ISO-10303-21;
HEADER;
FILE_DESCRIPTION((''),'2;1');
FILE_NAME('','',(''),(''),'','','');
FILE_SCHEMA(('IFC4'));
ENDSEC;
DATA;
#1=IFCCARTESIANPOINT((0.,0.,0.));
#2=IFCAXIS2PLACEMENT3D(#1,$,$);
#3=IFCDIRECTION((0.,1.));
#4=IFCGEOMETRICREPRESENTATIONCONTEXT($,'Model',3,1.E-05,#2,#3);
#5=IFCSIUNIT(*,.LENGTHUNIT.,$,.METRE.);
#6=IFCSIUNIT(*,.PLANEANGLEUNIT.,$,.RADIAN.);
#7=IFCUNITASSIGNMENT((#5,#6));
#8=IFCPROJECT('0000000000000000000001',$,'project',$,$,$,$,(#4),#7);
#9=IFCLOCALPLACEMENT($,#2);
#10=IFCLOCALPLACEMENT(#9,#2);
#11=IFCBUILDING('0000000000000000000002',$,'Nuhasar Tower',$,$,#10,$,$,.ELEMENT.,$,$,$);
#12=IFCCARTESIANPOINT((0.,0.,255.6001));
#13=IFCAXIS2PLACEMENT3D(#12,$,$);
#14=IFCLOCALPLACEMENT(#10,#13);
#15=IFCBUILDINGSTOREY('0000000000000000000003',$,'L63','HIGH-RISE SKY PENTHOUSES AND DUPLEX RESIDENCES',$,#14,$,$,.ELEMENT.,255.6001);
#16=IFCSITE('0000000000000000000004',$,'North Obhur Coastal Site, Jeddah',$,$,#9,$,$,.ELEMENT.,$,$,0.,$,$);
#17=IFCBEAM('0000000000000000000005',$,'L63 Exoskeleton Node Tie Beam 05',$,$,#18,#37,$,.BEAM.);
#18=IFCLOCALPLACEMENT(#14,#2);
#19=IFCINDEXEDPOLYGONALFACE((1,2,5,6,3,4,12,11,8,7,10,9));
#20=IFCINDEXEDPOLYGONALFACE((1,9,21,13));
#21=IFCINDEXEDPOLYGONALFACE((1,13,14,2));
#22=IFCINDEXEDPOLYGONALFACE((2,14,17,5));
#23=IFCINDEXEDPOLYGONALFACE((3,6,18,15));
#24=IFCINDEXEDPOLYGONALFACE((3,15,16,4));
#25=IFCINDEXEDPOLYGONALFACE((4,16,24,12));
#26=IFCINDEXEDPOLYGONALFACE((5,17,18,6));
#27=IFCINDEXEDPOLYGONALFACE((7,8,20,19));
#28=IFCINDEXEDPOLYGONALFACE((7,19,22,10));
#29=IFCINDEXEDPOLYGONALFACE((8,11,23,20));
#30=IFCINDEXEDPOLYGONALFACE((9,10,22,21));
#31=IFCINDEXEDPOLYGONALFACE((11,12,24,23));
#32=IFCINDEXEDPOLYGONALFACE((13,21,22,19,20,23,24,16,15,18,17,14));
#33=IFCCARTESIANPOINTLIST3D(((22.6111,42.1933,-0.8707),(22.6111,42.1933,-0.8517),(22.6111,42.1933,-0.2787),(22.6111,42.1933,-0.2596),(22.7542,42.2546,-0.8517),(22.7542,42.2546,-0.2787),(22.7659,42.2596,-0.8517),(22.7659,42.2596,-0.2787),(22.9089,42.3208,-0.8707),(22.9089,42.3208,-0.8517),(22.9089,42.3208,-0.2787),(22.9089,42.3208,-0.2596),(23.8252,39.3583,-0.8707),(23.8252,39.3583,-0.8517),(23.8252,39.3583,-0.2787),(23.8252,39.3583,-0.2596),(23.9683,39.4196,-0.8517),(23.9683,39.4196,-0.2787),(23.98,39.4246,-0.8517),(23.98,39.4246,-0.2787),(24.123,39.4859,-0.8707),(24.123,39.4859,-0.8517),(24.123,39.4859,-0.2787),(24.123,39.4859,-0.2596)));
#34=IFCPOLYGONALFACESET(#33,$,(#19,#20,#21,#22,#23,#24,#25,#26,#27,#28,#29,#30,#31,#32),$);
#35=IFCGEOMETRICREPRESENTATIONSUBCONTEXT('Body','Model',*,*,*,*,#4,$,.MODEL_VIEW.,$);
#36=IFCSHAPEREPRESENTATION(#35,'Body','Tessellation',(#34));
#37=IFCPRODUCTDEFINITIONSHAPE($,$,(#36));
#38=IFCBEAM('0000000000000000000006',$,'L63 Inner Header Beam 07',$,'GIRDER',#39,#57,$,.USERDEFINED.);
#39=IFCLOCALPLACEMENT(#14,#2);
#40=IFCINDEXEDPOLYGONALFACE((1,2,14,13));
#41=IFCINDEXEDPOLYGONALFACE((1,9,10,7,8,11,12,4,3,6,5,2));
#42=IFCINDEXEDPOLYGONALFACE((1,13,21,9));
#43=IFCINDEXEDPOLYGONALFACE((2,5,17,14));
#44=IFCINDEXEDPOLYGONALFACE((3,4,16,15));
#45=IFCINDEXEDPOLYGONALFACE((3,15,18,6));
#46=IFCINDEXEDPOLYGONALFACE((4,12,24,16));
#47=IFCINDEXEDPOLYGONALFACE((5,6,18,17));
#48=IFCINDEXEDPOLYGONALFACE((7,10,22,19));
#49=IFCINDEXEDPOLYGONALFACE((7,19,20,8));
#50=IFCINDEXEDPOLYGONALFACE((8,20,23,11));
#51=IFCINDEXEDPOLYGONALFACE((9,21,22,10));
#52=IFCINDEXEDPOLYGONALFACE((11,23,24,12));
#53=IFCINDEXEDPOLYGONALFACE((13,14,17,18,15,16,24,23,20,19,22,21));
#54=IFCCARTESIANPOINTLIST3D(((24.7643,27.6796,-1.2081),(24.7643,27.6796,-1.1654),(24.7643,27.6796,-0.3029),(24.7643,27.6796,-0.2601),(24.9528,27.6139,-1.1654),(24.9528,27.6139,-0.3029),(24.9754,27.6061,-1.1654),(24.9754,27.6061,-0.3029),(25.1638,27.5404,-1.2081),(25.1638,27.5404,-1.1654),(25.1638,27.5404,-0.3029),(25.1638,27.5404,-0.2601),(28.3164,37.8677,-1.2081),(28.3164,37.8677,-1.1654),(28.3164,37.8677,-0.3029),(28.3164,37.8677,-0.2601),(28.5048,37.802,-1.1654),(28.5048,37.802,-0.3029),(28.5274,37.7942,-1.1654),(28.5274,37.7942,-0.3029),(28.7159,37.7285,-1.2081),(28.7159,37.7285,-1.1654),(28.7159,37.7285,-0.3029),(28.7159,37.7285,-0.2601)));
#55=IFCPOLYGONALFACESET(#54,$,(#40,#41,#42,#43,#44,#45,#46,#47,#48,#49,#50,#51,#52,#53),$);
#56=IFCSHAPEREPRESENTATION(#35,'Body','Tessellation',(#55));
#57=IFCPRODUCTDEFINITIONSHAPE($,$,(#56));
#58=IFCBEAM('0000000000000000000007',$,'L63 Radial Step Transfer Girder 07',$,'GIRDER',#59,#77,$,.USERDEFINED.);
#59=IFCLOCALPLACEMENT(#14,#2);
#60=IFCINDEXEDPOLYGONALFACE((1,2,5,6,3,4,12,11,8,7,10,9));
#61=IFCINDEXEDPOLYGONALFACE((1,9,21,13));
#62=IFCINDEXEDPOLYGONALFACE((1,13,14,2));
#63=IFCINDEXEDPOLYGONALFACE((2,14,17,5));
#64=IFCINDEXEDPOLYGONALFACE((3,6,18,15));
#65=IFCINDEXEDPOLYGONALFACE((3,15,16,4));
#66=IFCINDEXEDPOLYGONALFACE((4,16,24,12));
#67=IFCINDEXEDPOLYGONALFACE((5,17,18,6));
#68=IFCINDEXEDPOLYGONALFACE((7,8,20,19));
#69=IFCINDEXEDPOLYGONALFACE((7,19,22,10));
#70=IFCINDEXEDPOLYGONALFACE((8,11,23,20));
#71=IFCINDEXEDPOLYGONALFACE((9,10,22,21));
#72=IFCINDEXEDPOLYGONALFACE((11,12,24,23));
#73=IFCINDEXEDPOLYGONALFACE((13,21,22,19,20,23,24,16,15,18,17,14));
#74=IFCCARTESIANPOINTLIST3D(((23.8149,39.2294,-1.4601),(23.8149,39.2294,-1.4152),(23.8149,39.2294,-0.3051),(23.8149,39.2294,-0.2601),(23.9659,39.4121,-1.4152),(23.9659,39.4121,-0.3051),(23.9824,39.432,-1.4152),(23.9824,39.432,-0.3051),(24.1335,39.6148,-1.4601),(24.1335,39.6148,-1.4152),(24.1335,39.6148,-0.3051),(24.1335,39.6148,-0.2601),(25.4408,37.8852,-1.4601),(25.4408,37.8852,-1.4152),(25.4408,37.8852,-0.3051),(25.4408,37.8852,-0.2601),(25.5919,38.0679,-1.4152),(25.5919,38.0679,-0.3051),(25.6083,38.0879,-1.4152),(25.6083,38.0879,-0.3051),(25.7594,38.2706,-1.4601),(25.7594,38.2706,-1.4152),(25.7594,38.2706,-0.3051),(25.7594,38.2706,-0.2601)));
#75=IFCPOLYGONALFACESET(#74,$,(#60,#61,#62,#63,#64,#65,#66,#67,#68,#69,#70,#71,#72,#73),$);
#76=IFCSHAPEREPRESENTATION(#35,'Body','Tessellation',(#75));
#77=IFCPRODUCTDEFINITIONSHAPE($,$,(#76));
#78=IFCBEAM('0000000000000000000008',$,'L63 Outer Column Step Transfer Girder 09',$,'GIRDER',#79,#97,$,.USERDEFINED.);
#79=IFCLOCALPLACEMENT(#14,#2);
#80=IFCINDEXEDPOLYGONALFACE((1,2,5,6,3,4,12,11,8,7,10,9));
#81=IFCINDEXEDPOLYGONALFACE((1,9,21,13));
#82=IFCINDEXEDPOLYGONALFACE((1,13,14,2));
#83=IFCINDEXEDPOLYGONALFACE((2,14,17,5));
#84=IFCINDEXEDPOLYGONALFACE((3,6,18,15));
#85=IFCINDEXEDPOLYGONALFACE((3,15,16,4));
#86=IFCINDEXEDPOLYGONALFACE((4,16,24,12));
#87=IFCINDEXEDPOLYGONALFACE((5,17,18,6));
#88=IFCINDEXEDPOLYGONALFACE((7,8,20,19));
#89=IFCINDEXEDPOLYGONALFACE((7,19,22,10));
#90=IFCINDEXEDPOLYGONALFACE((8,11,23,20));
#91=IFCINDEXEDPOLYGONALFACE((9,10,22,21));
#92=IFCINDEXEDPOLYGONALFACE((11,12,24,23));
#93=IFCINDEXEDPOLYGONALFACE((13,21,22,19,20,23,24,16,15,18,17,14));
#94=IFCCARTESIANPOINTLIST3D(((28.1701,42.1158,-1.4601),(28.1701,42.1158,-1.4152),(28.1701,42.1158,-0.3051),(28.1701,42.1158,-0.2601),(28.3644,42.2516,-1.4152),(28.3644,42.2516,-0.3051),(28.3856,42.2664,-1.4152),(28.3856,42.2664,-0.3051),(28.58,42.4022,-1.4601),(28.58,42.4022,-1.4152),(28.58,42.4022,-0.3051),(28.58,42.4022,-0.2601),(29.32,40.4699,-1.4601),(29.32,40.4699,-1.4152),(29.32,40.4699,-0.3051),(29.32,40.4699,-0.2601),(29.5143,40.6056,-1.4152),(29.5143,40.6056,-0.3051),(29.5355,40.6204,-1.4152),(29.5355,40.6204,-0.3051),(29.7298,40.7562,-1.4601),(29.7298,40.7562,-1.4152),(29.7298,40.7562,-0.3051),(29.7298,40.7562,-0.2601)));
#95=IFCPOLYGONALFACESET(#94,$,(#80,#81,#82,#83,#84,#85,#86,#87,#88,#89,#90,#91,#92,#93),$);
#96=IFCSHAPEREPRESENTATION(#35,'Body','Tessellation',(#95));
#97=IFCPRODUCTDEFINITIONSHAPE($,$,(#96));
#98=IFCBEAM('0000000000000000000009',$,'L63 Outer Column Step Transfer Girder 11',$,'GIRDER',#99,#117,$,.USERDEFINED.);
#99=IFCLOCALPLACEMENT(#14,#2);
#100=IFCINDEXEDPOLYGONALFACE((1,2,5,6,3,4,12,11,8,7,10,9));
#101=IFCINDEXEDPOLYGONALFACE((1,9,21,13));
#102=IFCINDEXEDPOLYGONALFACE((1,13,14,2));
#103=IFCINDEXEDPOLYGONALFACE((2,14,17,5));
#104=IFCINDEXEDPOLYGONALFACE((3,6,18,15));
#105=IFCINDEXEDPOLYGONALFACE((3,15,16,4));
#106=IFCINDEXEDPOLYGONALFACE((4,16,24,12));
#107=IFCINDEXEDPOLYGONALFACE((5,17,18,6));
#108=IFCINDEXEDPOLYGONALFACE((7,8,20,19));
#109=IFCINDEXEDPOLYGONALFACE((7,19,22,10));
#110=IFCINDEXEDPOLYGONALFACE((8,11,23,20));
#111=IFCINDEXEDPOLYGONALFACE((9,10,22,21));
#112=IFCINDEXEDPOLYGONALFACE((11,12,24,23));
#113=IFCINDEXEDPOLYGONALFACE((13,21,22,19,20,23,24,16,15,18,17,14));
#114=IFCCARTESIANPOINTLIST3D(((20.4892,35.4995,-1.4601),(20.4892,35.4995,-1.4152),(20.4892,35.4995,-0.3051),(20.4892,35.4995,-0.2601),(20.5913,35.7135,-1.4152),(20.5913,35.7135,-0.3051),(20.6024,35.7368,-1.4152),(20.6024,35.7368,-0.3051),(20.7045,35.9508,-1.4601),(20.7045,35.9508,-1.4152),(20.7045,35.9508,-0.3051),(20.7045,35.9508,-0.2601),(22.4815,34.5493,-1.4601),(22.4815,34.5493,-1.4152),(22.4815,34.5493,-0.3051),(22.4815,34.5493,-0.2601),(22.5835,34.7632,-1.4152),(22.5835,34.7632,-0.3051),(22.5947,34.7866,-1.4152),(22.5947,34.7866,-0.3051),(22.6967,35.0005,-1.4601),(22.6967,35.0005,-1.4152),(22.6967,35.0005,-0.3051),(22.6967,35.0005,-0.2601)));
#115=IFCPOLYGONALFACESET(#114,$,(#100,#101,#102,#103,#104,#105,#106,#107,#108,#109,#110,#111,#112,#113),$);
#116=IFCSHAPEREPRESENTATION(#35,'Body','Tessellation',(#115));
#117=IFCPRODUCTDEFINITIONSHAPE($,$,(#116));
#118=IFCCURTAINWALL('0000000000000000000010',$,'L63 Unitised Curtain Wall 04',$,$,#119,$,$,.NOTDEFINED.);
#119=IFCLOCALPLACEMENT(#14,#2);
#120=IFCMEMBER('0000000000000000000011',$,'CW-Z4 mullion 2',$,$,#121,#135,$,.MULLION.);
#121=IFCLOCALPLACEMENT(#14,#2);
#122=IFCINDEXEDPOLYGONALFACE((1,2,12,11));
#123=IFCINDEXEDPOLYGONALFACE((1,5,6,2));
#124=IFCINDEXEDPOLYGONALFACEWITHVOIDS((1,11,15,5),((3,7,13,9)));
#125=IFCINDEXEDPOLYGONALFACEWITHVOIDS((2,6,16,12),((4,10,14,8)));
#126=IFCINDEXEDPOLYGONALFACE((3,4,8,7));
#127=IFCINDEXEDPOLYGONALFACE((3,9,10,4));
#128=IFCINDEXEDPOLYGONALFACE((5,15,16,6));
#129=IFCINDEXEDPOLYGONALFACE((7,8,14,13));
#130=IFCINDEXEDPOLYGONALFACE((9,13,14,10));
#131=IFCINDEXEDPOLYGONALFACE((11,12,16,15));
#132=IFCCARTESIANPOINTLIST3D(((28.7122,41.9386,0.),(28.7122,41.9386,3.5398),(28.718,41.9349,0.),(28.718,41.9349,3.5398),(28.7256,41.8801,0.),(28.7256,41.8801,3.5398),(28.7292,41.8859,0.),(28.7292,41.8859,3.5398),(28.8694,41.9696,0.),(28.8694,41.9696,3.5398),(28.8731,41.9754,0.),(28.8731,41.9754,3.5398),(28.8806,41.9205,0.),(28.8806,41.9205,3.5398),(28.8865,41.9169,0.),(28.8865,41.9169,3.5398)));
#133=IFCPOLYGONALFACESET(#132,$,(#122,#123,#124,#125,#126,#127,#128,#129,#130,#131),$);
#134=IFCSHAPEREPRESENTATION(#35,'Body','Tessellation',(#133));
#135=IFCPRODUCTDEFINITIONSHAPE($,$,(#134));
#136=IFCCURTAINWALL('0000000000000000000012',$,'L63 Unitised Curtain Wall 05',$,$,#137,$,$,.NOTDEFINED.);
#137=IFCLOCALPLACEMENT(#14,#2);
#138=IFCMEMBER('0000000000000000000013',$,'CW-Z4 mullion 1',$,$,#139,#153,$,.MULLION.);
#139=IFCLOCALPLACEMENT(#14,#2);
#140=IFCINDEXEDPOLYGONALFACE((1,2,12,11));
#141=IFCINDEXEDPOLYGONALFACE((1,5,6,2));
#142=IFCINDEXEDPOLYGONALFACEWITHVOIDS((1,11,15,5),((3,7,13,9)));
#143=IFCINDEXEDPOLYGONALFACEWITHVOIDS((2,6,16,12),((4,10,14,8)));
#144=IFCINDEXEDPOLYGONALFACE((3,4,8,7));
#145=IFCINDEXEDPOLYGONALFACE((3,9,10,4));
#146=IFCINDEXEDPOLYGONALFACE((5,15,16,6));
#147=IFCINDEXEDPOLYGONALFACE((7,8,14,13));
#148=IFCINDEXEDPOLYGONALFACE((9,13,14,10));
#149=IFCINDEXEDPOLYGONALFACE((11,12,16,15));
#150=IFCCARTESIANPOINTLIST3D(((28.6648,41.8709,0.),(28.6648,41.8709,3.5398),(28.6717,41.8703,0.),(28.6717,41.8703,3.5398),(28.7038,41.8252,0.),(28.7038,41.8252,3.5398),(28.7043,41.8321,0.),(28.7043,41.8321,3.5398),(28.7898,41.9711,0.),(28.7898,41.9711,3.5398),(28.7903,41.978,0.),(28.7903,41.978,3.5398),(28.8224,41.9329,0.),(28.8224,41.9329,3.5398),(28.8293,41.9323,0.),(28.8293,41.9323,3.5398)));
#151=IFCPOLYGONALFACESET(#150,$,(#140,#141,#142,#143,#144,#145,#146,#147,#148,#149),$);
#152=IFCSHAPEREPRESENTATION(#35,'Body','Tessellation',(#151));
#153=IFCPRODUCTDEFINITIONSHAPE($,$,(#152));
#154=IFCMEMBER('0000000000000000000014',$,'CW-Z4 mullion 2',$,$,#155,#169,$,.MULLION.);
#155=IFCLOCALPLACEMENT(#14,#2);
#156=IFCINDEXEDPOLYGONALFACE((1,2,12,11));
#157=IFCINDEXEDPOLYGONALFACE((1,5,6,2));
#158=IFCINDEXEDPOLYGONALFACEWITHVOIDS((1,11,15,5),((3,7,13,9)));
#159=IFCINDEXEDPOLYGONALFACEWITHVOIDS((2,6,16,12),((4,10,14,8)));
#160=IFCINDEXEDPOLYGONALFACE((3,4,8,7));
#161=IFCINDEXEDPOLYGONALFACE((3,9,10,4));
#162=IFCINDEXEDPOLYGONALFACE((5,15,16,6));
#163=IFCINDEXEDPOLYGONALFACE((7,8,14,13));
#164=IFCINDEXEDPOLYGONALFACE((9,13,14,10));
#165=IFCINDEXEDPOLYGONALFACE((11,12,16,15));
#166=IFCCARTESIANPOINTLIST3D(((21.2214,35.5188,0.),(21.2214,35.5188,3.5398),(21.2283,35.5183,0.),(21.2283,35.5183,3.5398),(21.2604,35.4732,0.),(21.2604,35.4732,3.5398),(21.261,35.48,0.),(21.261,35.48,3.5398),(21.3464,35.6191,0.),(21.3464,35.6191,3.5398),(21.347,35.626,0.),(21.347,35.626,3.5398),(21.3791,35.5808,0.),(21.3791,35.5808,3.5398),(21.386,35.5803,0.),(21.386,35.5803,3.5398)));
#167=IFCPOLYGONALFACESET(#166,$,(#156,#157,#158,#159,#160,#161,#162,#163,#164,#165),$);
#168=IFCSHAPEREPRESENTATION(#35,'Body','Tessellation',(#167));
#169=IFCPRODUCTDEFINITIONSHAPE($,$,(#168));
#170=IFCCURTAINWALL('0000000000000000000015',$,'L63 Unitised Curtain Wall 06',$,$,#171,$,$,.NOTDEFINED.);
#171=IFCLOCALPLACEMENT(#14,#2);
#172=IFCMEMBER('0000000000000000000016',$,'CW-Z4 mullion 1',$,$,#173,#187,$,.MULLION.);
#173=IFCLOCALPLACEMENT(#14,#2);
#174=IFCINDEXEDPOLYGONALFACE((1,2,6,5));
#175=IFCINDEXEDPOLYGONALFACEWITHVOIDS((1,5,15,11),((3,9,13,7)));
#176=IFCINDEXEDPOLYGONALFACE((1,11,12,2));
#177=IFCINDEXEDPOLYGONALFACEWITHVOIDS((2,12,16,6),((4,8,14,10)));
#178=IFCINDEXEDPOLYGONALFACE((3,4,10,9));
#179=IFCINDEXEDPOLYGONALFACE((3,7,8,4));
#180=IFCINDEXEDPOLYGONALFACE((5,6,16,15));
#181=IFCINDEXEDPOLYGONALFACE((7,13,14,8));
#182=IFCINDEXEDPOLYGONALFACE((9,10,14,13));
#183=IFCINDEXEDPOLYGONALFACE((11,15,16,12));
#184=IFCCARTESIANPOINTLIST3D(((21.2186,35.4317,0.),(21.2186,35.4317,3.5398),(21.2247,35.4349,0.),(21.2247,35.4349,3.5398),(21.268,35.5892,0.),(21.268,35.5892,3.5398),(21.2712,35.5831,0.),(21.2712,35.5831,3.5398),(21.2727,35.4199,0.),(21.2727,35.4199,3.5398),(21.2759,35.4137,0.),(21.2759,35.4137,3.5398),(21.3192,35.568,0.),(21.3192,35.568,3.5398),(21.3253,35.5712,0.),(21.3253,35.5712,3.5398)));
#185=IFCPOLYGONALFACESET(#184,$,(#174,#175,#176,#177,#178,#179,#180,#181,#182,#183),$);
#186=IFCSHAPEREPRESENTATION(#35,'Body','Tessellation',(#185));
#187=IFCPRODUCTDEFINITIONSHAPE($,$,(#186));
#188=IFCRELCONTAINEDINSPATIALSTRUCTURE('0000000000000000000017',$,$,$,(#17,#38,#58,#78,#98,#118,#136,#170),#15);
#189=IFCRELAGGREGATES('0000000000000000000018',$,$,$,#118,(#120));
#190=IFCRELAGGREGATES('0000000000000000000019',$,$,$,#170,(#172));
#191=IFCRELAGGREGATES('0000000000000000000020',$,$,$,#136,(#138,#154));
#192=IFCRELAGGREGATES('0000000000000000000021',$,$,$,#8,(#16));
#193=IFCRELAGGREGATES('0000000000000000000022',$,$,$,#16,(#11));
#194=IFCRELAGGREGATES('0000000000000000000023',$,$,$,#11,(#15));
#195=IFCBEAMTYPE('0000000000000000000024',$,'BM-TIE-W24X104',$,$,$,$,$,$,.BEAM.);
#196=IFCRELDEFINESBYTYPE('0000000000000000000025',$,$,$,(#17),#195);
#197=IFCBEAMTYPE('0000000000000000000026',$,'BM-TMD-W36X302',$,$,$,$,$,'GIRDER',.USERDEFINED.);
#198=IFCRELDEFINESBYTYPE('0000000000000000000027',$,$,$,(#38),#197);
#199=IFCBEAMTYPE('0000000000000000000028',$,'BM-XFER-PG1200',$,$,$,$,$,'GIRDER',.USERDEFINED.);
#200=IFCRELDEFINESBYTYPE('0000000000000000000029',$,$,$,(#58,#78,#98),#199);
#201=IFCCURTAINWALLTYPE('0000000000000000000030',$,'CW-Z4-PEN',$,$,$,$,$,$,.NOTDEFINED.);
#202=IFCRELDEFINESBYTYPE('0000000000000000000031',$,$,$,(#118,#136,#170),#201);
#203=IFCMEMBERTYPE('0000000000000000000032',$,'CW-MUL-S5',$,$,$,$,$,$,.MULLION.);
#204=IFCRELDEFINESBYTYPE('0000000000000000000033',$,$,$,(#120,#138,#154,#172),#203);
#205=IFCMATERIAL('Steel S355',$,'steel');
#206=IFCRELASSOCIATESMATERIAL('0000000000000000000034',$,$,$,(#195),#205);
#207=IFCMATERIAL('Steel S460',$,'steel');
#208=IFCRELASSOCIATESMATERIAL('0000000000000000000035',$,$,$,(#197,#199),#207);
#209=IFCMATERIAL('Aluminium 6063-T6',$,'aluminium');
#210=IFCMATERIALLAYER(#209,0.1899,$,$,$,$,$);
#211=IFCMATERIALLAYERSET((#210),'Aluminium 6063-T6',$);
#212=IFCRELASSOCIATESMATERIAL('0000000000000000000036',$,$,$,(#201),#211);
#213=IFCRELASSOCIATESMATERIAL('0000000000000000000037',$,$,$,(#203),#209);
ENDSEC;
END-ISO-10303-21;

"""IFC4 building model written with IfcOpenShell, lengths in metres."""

from ifc_helpers import new_model, si_unit, direction, frame, origin, origin_2d, place, context, subcontext, project, spatial, hollow_rectangle, i_section, extrude, material, layer, layer_set, material_profile, profile_set, type_object, element, aggregate, save


model = new_model("IFC4")

# Units and contexts
model_context = context("Model", 3, precision=1e-05, world=origin(), true_north=direction((0.0, 1.0)))
body_context = subcontext(model_context, "Body", "Model", "MODEL_VIEW")
ifc_project = project(units=[si_unit("LENGTHUNIT", "METRE"), si_unit("PLANEANGLEUNIT", "RADIAN")], contexts=[model_context])

# Site, building, storey
site_placement = place(None, origin())
site = spatial("IfcSite", under=ifc_project, at=site_placement, Name="North Obhur Coastal Site, Jeddah", CompositionType="ELEMENT", RefElevation=0.0)
building_placement = place(site_placement, origin())
building = spatial("IfcBuilding", under=site, at=building_placement, Name="Nuhasar Tower", CompositionType="ELEMENT")
storey_placement = place(building_placement, frame((0.0, 0.0, 255.6001)))
storey = spatial("IfcBuildingStorey", under=building, at=storey_placement, Name="L63", Description="HIGH-RISE SKY PENTHOUSES AND DUPLEX RESIDENCES", CompositionType="ELEMENT", Elevation=255.6001)

# Beams
ifc_material_1 = material(Name="Steel S355", Category="steel")
ifc_material_profile_1 = material_profile(ifc_material_1, i_section(OverallWidth=0.324, OverallDepth=0.6111, WebThickness=0.0127, FlangeThickness=0.019, at=origin_2d()), Name="W24X104")
ifc_profile_set_1 = profile_set([ifc_material_profile_1], Name="Steel S355")
beam_type_1 = type_object("IfcBeamType", Name="BM-TIE-W24X104", PredefinedType="BEAM", material=ifc_profile_set_1)
beam_1_placement = place(storey_placement, frame((23.9741, 39.4221, -0.5652), z_axis=(-0.39368, 0.919247, 0.0), x_axis=(-0.919247, -0.39368, 0.0)))
element("IfcBeam", 1, at=beam_1_placement, inside=storey, type_object=beam_type_1, Name="L63 Exoskeleton Node Tie Beam 05", PredefinedType="BEAM", context=body_context, shape_type="SweptSolid", body=[
    extrude(i_section(OverallWidth=0.324, OverallDepth=0.6111, WebThickness=0.0127, FlangeThickness=0.019, at=origin_2d()), origin(), (0.0, 0.0, 1.0), 3.084),
])
ifc_material_2 = material(Name="Steel S460", Category="steel")
ifc_material_profile_2 = material_profile(ifc_material_2, i_section(OverallWidth=0.4231, OverallDepth=0.948, WebThickness=0.0239, FlangeThickness=0.0427, at=origin_2d()), Name="W36X302")
ifc_profile_set_2 = profile_set([ifc_material_profile_2], Name="Steel S460")
beam_type_2 = type_object("IfcBeamType", Name="BM-TMD-W36X302", ElementType="GIRDER", PredefinedType="USERDEFINED", material=ifc_profile_set_2)
beam_2_placement = place(storey_placement, frame((28.5161, 37.7981, -0.7341), z_axis=(-0.329211, -0.944256, 0.0), x_axis=(0.944256, -0.329211, 0.0)))
element("IfcBeam", 2, at=beam_2_placement, inside=storey, type_object=beam_type_2, Name="L63 Inner Header Beam 07", ObjectType="GIRDER", PredefinedType="USERDEFINED", context=body_context, shape_type="SweptSolid", body=[
    extrude(i_section(OverallWidth=0.4231, OverallDepth=0.948, WebThickness=0.0239, FlangeThickness=0.0427, at=origin_2d()), origin(), (0.0, 0.0, 1.0), 10.7896),
])
ifc_material_profile_3 = material_profile(ifc_material_2, i_section(OverallWidth=0.5, OverallDepth=1.2, WebThickness=0.0259, FlangeThickness=0.0449, at=origin_2d()), Name="PG1200X500")
ifc_profile_set_3 = profile_set([ifc_material_profile_3], Name="Steel S460")
beam_type_3 = type_object("IfcBeamType", Name="BM-XFER-PG1200", ElementType="GIRDER", PredefinedType="USERDEFINED", material=ifc_profile_set_3)
beam_3_placement = place(storey_placement, frame((25.6001, 38.0779, -0.8601), z_axis=(-0.77072, 0.637174, 0.0), x_axis=(-0.637174, -0.77072, 0.0)))
element("IfcBeam", 3, at=beam_3_placement, inside=storey, type_object=beam_type_3, Name="L63 Radial Step Transfer Girder 07", ObjectType="GIRDER", PredefinedType="USERDEFINED", context=body_context, shape_type="SweptSolid", body=[
    extrude(i_section(OverallWidth=0.5, OverallDepth=1.2, WebThickness=0.0259, FlangeThickness=0.0449, at=origin_2d()), origin(), (0.0, 0.0, 1.0), 2.1096),
])
beam_4_placement = place(storey_placement, frame((29.5249, 40.613, -0.8601), z_axis=(-0.572695, 0.819769, 0.0), x_axis=(-0.819769, -0.572695, 0.0)))
element("IfcBeam", 4, at=beam_4_placement, inside=storey, type_object=beam_type_3, Name="L63 Outer Column Step Transfer Girder 09", ObjectType="GIRDER", PredefinedType="USERDEFINED", context=body_context, shape_type="SweptSolid", body=[
    extrude(i_section(OverallWidth=0.5, OverallDepth=1.2, WebThickness=0.0259, FlangeThickness=0.0449, at=origin_2d()), origin(), (0.0, 0.0, 1.0), 2.0078),
])
beam_5_placement = place(storey_placement, frame((22.5891, 34.7749, -0.8601), z_axis=(-0.90259, 0.4305, 0.0), x_axis=(-0.4305, -0.90259, 0.0)))
element("IfcBeam", 5, at=beam_5_placement, inside=storey, type_object=beam_type_3, Name="L63 Outer Column Step Transfer Girder 11", ObjectType="GIRDER", PredefinedType="USERDEFINED", context=body_context, shape_type="SweptSolid", body=[
    extrude(i_section(OverallWidth=0.5, OverallDepth=1.2, WebThickness=0.0259, FlangeThickness=0.0449, at=origin_2d()), origin(), (0.0, 0.0, 1.0), 2.2073),
])

# Curtain wall, member
ifc_material_3 = material(Name="Aluminium 6063-T6", Category="aluminium")
ifc_layer_1 = layer(ifc_material_3, 0.1899)
ifc_layer_set_1 = layer_set([ifc_layer_1], Name="Aluminium 6063-T6")
curtain_wall_type = type_object("IfcCurtainWallType", Name="CW-Z4-PEN", PredefinedType="NOTDEFINED", material=ifc_layer_set_1)
curtain_wall_1_placement = place(storey_placement, origin())
curtain_wall_1 = element("IfcCurtainWall", 6, at=curtain_wall_1_placement, inside=storey, type_object=curtain_wall_type, Name="L63 Unitised Curtain Wall 04", PredefinedType="NOTDEFINED")
ifc_material_profile_4 = material_profile(ifc_material_3, hollow_rectangle(XDim=0.0601, YDim=0.165, WallThickness=0.0049, at=origin_2d()), Name="CWM-5")
ifc_profile_set_4 = profile_set([ifc_material_profile_4], Name="Aluminium 6063-T6")
member_type_1 = type_object("IfcMemberType", Name="CW-MUL-S5", PredefinedType="MULLION", material=ifc_profile_set_4)
member_1_placement = place(storey_placement, frame((28.7993, 41.9277, 0.0), z_axis=(0.0, 0.0, 1.0), x_axis=(0.222889, -0.974844, 0.0)))
member_1 = element("IfcMember", 7, at=member_1_placement, type_object=member_type_1, Name="CW-Z4 mullion 2", PredefinedType="MULLION", context=body_context, shape_type="SweptSolid", body=[
    extrude(hollow_rectangle(XDim=0.0601, YDim=0.165, WallThickness=0.0049, at=origin_2d()), origin(), (0.0, 0.0, 1.0), 3.5398),
])
aggregate(curtain_wall_1, [member_1])

# Curtain wall, members
curtain_wall_2_placement = place(storey_placement, origin())
curtain_wall_2 = element("IfcCurtainWall", 8, at=curtain_wall_2_placement, inside=storey, type_object=curtain_wall_type, Name="L63 Unitised Curtain Wall 05", PredefinedType="NOTDEFINED")
member_2_placement = place(storey_placement, frame((28.7471, 41.9016, 0.0), z_axis=(0.0, 0.0, 1.0), x_axis=(0.649142, -0.760667, 0.0)))
member_2 = element("IfcMember", 9, at=member_2_placement, type_object=member_type_1, Name="CW-Z4 mullion 1", PredefinedType="MULLION", context=body_context, shape_type="SweptSolid", body=[
    extrude(hollow_rectangle(XDim=0.0601, YDim=0.165, WallThickness=0.0049, at=origin_2d()), origin(), (0.0, 0.0, 1.0), 3.5398),
])
member_3_placement = place(storey_placement, frame((21.3037, 35.5496, 0.0), z_axis=(0.0, 0.0, 1.0), x_axis=(0.649142, -0.760667, 0.0)))
member_3 = element("IfcMember", 10, at=member_3_placement, type_object=member_type_1, Name="CW-Z4 mullion 2", PredefinedType="MULLION", context=body_context, shape_type="SweptSolid", body=[
    extrude(hollow_rectangle(XDim=0.0601, YDim=0.165, WallThickness=0.0049, at=origin_2d()), origin(), (0.0, 0.0, 1.0), 3.5398),
])

# Curtain wall, member
curtain_wall_3_placement = place(storey_placement, origin())
curtain_wall_3 = element("IfcCurtainWall", 11, at=curtain_wall_3_placement, inside=storey, type_object=curtain_wall_type, Name="L63 Unitised Curtain Wall 06", PredefinedType="NOTDEFINED")
member_4_placement = place(storey_placement, frame((21.272, 35.5015, 0.0), z_axis=(0.0, 0.0, 1.0), x_axis=(0.954079, -0.299557, 0.0)))
member_4 = element("IfcMember", 12, at=member_4_placement, type_object=member_type_1, Name="CW-Z4 mullion 1", PredefinedType="MULLION", context=body_context, shape_type="SweptSolid", body=[
    extrude(hollow_rectangle(XDim=0.0601, YDim=0.165, WallThickness=0.0049, at=origin_2d()), origin(), (0.0, 0.0, 1.0), 3.5398),
])

aggregate(curtain_wall_3, [member_4])

aggregate(curtain_wall_2, [member_2, member_3])

save(model, "model.ifc")
